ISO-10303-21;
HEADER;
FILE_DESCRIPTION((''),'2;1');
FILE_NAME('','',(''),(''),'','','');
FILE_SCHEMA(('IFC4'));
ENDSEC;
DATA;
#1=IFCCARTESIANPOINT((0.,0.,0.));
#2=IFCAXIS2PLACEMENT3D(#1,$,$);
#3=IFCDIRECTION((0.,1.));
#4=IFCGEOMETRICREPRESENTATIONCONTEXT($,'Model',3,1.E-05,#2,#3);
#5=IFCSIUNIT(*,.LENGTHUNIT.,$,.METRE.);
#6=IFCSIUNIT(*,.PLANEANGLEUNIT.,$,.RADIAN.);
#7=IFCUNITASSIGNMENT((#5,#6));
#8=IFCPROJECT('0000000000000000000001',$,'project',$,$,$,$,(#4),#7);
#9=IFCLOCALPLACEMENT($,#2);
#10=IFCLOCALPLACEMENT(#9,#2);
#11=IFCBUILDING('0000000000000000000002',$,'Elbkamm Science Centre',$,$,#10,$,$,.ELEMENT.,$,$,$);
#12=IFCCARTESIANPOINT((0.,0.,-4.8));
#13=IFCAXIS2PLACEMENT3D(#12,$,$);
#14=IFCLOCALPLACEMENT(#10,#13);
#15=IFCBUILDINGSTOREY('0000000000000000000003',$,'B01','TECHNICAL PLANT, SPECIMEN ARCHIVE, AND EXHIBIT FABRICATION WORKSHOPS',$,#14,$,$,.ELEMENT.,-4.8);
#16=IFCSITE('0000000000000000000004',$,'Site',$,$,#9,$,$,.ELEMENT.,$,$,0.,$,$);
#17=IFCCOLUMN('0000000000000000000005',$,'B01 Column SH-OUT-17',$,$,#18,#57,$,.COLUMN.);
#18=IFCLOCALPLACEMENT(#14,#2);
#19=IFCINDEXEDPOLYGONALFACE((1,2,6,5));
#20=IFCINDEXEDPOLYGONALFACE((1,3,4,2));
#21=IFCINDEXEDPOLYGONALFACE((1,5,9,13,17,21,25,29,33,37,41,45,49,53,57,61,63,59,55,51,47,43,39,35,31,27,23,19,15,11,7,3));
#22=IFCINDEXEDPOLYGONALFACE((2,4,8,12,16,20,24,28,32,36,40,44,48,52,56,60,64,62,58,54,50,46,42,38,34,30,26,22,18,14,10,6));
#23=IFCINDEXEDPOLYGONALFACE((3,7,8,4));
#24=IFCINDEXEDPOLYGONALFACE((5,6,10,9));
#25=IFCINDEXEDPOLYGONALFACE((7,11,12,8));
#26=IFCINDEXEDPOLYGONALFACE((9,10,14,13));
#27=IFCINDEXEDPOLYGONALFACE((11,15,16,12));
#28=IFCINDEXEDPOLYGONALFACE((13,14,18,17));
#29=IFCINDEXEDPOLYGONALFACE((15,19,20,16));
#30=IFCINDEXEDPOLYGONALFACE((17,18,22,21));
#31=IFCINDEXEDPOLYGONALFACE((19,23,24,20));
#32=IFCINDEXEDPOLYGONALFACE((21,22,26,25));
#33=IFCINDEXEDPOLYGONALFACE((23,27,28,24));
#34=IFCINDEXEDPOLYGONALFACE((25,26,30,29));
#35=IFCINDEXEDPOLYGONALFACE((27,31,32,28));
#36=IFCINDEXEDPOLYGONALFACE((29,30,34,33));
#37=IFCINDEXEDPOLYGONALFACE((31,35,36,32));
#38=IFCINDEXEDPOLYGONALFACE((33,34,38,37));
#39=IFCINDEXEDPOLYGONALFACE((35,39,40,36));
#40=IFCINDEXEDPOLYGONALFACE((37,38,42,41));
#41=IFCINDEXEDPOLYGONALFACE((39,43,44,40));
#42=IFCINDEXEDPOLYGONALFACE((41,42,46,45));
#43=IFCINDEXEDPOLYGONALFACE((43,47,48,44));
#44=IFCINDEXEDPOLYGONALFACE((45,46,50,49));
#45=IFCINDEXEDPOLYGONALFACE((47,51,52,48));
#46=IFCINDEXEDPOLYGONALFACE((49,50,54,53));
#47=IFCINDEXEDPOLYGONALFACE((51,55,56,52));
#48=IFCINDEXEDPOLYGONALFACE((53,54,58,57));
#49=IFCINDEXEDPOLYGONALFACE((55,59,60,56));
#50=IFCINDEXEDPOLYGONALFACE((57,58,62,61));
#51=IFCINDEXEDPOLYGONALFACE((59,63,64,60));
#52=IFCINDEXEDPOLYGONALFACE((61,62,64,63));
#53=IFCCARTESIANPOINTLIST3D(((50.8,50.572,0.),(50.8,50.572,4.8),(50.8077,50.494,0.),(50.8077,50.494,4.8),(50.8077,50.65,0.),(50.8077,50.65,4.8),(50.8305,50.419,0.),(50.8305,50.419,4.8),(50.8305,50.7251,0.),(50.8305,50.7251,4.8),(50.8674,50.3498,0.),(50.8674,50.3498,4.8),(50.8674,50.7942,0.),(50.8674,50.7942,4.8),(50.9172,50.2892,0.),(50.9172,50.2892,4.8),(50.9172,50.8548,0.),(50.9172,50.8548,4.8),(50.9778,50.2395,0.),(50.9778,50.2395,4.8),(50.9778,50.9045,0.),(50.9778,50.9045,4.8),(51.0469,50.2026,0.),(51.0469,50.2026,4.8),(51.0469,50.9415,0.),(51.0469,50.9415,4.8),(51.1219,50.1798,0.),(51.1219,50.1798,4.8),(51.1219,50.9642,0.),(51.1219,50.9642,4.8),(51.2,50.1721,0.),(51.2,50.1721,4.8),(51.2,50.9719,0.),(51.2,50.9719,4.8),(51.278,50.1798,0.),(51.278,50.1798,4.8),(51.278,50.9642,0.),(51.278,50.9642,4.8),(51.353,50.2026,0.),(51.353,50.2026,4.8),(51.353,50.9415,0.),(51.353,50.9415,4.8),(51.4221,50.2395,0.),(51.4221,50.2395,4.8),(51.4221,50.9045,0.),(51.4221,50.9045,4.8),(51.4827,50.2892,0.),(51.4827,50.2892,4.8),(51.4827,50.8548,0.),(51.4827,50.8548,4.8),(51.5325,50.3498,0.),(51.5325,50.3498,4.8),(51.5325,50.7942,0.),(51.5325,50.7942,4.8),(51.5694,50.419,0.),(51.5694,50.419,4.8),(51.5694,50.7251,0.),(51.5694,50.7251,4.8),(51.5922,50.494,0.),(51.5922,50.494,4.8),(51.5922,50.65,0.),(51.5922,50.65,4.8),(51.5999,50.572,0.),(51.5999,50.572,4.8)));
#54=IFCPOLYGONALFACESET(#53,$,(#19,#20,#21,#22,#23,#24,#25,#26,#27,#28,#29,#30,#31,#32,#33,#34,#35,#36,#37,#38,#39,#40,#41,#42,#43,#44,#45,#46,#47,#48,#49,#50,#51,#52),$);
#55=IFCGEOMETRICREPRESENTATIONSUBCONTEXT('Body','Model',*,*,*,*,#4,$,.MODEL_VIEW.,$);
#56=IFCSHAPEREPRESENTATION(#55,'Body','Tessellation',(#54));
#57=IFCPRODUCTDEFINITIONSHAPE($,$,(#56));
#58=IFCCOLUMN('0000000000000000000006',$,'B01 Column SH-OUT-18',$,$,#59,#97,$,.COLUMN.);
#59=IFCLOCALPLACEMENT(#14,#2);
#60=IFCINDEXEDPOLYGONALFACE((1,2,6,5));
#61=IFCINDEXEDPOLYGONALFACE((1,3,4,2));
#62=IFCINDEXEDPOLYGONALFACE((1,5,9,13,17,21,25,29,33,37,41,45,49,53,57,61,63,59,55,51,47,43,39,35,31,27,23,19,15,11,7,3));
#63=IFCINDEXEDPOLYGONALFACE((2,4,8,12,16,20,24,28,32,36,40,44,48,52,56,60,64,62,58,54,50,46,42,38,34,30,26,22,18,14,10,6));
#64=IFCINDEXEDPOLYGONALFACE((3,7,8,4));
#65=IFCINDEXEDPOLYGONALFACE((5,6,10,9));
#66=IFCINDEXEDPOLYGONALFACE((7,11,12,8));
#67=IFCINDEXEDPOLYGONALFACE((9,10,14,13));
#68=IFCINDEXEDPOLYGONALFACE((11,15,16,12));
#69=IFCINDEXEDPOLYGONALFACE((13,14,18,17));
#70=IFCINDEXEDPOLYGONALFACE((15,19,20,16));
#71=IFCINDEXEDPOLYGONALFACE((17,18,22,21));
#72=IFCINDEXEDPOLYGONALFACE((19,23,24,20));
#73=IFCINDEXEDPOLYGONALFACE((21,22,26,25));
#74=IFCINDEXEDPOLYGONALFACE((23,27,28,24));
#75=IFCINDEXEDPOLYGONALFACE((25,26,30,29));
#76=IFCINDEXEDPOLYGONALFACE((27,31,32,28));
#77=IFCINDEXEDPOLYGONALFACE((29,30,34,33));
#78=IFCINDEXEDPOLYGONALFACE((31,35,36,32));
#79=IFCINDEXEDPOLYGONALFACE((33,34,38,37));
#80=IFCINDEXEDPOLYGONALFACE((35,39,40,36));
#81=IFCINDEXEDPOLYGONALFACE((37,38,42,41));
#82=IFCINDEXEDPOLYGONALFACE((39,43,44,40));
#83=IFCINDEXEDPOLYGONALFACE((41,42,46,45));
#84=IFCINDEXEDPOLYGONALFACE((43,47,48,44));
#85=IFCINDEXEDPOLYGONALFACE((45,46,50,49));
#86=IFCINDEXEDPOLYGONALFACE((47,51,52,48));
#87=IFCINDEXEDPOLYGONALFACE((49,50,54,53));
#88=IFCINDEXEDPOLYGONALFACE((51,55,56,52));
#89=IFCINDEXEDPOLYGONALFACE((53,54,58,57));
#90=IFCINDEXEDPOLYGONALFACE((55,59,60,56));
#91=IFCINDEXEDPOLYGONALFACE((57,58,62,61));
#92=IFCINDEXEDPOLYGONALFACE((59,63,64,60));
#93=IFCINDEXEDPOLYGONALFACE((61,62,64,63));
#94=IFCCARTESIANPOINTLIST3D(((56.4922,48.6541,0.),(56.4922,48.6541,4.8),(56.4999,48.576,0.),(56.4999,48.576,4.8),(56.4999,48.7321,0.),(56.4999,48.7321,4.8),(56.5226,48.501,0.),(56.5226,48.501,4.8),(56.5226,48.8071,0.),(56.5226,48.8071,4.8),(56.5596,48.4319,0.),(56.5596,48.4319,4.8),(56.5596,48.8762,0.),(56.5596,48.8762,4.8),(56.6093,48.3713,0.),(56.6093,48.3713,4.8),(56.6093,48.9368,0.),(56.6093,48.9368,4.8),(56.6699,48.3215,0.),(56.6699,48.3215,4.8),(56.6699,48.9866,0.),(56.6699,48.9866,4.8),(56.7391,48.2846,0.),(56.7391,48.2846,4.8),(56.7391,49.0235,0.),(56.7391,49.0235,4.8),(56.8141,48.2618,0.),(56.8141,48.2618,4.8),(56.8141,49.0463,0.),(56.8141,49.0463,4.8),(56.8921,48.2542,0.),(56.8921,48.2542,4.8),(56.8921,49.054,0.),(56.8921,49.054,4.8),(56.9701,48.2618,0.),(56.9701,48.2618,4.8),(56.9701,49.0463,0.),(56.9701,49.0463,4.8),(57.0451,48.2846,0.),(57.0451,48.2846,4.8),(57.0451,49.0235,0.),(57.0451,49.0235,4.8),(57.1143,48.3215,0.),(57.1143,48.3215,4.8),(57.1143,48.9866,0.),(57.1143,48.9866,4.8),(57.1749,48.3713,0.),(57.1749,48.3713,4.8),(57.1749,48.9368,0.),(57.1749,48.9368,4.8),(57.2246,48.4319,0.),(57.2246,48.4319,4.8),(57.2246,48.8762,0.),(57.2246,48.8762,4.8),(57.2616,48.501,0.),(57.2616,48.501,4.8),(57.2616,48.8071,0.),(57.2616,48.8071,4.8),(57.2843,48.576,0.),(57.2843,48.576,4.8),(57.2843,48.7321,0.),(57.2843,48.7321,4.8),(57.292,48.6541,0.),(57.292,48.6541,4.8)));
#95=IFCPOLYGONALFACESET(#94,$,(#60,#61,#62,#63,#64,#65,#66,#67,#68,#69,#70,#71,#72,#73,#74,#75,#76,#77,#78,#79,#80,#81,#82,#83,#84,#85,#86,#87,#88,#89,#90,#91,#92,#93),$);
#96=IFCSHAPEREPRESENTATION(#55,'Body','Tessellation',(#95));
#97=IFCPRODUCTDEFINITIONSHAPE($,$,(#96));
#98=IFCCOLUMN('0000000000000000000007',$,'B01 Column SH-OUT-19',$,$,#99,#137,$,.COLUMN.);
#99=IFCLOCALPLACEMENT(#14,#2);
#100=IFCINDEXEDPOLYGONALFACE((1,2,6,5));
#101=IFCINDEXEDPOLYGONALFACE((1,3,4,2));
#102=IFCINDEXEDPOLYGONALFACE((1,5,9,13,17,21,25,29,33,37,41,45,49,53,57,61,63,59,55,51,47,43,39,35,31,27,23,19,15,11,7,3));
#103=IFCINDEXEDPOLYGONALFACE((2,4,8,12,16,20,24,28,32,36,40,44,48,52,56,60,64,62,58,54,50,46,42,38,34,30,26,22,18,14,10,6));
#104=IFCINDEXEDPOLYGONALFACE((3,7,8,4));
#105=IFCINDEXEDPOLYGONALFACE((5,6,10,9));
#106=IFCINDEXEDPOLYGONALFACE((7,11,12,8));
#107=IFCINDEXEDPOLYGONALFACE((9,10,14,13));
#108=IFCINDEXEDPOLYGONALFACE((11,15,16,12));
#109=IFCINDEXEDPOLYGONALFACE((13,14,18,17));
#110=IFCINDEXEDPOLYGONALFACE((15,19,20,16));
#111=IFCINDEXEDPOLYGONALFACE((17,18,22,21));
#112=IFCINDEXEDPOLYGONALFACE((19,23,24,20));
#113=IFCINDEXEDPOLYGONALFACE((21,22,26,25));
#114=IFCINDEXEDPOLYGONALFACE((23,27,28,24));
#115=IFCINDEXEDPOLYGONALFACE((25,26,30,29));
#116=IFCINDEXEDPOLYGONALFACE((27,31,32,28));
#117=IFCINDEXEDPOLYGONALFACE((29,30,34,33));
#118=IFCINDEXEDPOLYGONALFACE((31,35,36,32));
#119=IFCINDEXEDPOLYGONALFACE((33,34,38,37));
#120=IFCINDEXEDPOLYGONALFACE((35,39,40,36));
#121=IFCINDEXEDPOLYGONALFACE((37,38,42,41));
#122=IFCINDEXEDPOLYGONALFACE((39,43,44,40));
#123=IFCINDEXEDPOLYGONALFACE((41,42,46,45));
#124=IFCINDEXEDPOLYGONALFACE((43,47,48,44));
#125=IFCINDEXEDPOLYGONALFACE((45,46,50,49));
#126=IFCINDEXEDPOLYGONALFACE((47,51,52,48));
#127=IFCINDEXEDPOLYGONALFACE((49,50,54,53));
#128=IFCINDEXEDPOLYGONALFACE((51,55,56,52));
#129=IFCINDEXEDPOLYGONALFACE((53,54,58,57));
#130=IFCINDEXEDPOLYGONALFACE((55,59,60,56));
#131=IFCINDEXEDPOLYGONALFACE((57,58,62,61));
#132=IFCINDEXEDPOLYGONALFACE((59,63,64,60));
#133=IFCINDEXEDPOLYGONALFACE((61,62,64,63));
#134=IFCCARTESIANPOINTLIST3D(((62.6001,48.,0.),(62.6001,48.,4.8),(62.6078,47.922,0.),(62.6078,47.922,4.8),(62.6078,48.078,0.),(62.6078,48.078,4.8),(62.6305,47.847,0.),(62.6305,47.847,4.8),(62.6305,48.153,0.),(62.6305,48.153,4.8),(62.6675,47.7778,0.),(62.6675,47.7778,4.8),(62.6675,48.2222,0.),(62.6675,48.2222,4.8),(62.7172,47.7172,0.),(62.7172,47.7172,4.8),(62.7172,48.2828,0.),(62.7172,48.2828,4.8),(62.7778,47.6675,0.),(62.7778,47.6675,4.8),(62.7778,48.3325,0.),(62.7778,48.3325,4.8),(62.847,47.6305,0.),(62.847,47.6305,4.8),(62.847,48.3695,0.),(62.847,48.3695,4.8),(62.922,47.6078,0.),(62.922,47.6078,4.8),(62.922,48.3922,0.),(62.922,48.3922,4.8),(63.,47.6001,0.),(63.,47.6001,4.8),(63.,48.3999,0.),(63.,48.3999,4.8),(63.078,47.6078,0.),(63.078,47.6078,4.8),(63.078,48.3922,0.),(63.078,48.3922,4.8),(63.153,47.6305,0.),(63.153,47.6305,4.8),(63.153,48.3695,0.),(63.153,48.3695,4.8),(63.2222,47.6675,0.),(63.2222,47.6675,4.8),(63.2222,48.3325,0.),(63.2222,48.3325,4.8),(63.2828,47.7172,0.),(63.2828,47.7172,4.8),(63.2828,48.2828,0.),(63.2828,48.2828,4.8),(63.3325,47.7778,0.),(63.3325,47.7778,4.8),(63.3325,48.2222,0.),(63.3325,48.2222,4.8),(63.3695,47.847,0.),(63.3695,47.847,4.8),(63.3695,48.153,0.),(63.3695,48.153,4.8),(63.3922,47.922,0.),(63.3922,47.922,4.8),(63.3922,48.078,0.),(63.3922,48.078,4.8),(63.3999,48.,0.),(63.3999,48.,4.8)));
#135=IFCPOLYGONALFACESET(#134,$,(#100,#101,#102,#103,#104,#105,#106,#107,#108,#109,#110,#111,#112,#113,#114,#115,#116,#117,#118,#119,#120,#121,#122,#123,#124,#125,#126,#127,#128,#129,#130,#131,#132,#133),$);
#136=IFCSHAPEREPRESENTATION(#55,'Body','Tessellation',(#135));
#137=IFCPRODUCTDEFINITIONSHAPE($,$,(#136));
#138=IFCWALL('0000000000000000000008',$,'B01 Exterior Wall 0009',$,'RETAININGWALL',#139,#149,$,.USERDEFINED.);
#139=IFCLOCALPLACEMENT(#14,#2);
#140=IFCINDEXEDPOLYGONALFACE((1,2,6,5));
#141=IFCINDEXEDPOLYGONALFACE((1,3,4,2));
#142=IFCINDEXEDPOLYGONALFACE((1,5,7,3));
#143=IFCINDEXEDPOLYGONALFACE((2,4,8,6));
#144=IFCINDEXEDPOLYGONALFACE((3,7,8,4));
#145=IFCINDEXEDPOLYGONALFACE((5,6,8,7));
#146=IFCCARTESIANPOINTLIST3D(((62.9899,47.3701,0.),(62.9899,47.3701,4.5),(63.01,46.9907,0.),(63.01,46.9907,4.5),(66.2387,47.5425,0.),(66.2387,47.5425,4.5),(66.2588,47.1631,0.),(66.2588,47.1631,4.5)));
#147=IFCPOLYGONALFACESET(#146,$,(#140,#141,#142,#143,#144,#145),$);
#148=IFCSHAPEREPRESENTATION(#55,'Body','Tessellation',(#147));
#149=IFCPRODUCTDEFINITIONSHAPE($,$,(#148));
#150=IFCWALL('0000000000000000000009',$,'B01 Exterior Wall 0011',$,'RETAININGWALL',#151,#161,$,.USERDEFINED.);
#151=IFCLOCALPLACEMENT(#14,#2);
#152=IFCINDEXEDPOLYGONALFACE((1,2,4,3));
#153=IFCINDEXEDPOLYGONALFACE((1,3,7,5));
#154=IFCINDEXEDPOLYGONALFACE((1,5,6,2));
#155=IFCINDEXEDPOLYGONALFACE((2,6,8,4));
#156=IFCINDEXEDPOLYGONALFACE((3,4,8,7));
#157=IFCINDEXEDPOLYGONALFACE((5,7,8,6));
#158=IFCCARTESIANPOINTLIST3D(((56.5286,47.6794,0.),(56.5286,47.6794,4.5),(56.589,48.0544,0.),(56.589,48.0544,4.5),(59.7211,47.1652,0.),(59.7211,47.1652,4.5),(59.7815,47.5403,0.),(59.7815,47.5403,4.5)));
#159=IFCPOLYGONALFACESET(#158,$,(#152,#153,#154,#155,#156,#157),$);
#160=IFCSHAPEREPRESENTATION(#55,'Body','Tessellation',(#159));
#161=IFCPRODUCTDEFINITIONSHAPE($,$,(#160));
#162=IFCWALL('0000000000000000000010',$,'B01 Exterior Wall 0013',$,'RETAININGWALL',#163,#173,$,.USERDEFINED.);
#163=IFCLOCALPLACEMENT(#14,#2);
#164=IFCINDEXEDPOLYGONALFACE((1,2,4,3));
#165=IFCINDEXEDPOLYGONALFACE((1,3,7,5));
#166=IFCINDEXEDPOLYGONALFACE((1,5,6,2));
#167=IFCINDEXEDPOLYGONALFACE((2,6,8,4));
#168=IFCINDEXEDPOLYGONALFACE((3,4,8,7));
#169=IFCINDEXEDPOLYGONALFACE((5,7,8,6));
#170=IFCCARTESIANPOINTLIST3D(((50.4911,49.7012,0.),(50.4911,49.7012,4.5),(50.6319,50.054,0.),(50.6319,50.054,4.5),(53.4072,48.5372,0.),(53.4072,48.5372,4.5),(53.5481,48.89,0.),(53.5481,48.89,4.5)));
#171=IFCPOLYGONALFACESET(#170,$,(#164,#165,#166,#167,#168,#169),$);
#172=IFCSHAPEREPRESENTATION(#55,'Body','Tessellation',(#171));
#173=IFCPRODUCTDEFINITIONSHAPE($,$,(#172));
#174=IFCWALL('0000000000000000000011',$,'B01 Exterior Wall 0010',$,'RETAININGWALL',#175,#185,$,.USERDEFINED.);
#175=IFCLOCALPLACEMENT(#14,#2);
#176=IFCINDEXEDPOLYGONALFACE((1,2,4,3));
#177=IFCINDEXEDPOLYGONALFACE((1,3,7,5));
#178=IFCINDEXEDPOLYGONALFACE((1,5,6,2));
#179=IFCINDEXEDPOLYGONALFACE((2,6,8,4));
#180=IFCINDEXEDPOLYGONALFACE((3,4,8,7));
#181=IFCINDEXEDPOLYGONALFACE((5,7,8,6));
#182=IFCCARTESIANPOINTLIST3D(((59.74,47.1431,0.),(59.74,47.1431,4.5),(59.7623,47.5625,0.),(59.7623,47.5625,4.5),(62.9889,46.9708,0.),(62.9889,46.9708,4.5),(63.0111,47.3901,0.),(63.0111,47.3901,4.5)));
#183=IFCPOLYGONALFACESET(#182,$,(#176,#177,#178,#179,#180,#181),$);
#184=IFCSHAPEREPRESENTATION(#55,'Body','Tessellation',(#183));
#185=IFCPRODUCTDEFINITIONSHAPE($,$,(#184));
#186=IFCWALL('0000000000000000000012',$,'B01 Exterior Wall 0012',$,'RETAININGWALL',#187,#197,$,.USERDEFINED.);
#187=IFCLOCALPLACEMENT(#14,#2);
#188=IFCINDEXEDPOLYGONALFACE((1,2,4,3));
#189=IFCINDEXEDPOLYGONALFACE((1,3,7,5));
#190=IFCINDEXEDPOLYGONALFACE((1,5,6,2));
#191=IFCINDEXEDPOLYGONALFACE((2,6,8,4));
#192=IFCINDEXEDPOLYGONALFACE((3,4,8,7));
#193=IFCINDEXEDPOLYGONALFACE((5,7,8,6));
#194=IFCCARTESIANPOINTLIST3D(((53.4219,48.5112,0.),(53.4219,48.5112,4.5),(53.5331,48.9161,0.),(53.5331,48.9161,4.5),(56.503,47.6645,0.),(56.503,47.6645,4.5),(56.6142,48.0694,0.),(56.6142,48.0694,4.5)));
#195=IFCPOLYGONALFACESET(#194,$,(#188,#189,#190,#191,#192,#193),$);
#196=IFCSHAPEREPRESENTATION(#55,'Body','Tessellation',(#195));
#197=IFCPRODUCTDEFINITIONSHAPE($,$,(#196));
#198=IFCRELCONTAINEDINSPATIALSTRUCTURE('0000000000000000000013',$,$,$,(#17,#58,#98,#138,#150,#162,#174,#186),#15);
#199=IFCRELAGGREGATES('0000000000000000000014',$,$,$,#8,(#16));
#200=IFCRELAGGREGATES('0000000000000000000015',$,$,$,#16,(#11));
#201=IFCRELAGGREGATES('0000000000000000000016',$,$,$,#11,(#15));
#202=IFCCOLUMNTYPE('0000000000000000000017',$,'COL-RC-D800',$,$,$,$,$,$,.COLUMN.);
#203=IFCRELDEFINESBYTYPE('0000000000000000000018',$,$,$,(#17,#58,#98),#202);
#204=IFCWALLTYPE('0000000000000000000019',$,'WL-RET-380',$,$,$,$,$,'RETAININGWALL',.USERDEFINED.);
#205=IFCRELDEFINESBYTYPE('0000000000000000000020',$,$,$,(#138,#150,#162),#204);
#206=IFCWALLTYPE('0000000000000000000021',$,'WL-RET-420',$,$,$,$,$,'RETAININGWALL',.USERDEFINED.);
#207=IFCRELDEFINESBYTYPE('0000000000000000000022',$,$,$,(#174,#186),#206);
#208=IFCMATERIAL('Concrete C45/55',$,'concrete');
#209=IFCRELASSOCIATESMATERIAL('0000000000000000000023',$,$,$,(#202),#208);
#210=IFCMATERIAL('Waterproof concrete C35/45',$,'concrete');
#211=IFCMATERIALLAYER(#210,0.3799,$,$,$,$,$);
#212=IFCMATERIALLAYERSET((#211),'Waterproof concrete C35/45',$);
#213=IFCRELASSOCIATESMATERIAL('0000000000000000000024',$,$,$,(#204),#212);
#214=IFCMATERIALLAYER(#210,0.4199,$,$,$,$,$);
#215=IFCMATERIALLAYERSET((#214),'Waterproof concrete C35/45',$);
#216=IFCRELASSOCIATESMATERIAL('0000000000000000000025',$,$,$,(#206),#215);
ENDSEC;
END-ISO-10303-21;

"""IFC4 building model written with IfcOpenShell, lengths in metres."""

from ifc_helpers import new_model, si_unit, direction, frame, frame_2d, origin, origin_2d, place, context, subcontext, project, spatial, rectangle, circle, extrude, material, layer, layer_set, material_profile, profile_set, type_object, element, save


model = new_model("IFC4")

# Units and contexts
model_context = context("Model", 3, precision=1e-05, world=origin(), true_north=direction((0.0, 1.0)))
body_context = subcontext(model_context, "Body", "Model", "MODEL_VIEW")
ifc_project = project(units=[si_unit("LENGTHUNIT", "METRE"), si_unit("PLANEANGLEUNIT", "RADIAN")], contexts=[model_context])

# Site, building, storey
site_placement = place(None, origin())
site = spatial("IfcSite", under=ifc_project, at=site_placement, Name="Site", CompositionType="ELEMENT", RefElevation=0.0)
building_placement = place(site_placement, origin())
building = spatial("IfcBuilding", under=site, at=building_placement, Name="Elbkamm Science Centre", CompositionType="ELEMENT")
storey_placement = place(building_placement, frame((0.0, 0.0, -4.8)))
storey = spatial("IfcBuildingStorey", under=building, at=storey_placement, Name="B01", Description="TECHNICAL PLANT, SPECIMEN ARCHIVE, AND EXHIBIT FABRICATION WORKSHOPS", CompositionType="ELEMENT", Elevation=-4.8)

# Columns
ifc_material_1 = material(Name="Concrete C45/55", Category="concrete")
ifc_material_profile_1 = material_profile(ifc_material_1, circle(Radius=0.3999, at=origin_2d()), Name="RC D800")
ifc_profile_set_1 = profile_set([ifc_material_profile_1], Name="Concrete C45/55")
column_type_1 = type_object("IfcColumnType", Name="COL-RC-D800", PredefinedType="COLUMN", material=ifc_profile_set_1)
for number, where, z_axis, x_axis, name in (
    (1, (51.2, 50.572, 0.0), (0.0, 0.0, 1.0), (1.0, 0.0, 0.0), "B01 Column SH-OUT-17"),
    (2, (56.8921, 48.6541, 0.0), (0.0, 0.0, 1.0), (1.0, 0.0, 0.0), "B01 Column SH-OUT-18"),
    (3, (63.0, 48.0, 0.0), (0.0, 0.0, 1.0), (1.0, 0.0, 0.0), "B01 Column SH-OUT-19"),
):
    element("IfcColumn", number, at=place(storey_placement, frame(where, z_axis=z_axis, x_axis=x_axis)), inside=storey, type_object=column_type_1, Name=name, PredefinedType="COLUMN", context=body_context, shape_type="SweptSolid", body=[
        extrude(circle(Radius=0.3999, at=origin_2d()), origin(), (0.0, 0.0, 1.0), 4.8),
    ])

# Walls
ifc_material_2 = material(Name="Waterproof concrete C35/45", Category="concrete")
ifc_layer_1 = layer(ifc_material_2, 0.3799)
ifc_layer_set_1 = layer_set([ifc_layer_1], Name="Waterproof concrete C35/45")
wall_type_1 = type_object("IfcWallType", Name="WL-RET-380", ElementType="RETAININGWALL", PredefinedType="USERDEFINED", material=ifc_layer_set_1)
wall_1_placement = place(storey_placement, frame((66.2488, 47.3528, 0.0), z_axis=(0.0, 0.0, 1.0), x_axis=(-0.998596, -0.05298, 0.0)))
element("IfcWall", 4, at=wall_1_placement, inside=storey, type_object=wall_type_1, Name="B01 Exterior Wall 0009", ObjectType="RETAININGWALL", PredefinedType="USERDEFINED", context=body_context, shape_type="SweptSolid", body=[
    extrude(rectangle(XDim=3.2534, YDim=0.3799, at=frame_2d((1.6267, 0.0))), origin(), (0.0, 0.0, 1.0), 4.5),
])
wall_2_placement = place(storey_placement, frame((59.7512, 47.3528, 0.0), z_axis=(0.0, 0.0, 1.0), x_axis=(-0.987279, 0.158997, 0.0)))
element("IfcWall", 5, at=wall_2_placement, inside=storey, type_object=wall_type_1, Name="B01 Exterior Wall 0011", ObjectType="RETAININGWALL", PredefinedType="USERDEFINED", context=body_context, shape_type="SweptSolid", body=[
    extrude(rectangle(XDim=3.2336, YDim=0.3799, at=frame_2d((1.6167, 0.0))), origin(), (0.0, 0.0, 1.0), 4.5),
])
wall_3_placement = place(storey_placement, frame((53.4775, 48.7136, 0.0), z_axis=(0.0, 0.0, 1.0), x_axis=(-0.928745, 0.37072, 0.0)))
element("IfcWall", 6, at=wall_3_placement, inside=storey, type_object=wall_type_1, Name="B01 Exterior Wall 0013", ObjectType="RETAININGWALL", PredefinedType="USERDEFINED", context=body_context, shape_type="SweptSolid", body=[
    extrude(rectangle(XDim=3.1399, YDim=0.3799, at=frame_2d((1.5698, 0.0))), origin(), (0.0, 0.0, 1.0), 4.5),
])
ifc_layer_2 = layer(ifc_material_2, 0.4199)
ifc_layer_set_2 = layer_set([ifc_layer_2], Name="Waterproof concrete C35/45")
wall_type_2 = type_object("IfcWallType", Name="WL-RET-420", ElementType="RETAININGWALL", PredefinedType="USERDEFINED", material=ifc_layer_set_2)
wall_4_placement = place(storey_placement, frame((63.0, 47.1804, 0.0), z_axis=(0.0, 0.0, 1.0), x_axis=(-0.998596, 0.05298, 0.0)))
element("IfcWall", 7, at=wall_4_placement, inside=storey, type_object=wall_type_2, Name="B01 Exterior Wall 0010", ObjectType="RETAININGWALL", PredefinedType="USERDEFINED", context=body_context, shape_type="SweptSolid", body=[
    extrude(rectangle(XDim=3.2534, YDim=0.4199, at=frame_2d((1.6267, 0.0))), origin(), (0.0, 0.0, 1.0), 4.5),
])
wall_5_placement = place(storey_placement, frame((56.5586, 47.8669, 0.0), z_axis=(0.0, 0.0, 1.0), x_axis=(-0.964254, 0.264979, 0.0)))
element("IfcWall", 8, at=wall_5_placement, inside=storey, type_object=wall_type_2, Name="B01 Exterior Wall 0012", ObjectType="RETAININGWALL", PredefinedType="USERDEFINED", context=body_context, shape_type="SweptSolid", body=[
    extrude(rectangle(XDim=3.1953, YDim=0.4199, at=frame_2d((1.5977, 0.0))), origin(), (0.0, 0.0, 1.0), 4.5),
])

save(model, "model.ifc")
